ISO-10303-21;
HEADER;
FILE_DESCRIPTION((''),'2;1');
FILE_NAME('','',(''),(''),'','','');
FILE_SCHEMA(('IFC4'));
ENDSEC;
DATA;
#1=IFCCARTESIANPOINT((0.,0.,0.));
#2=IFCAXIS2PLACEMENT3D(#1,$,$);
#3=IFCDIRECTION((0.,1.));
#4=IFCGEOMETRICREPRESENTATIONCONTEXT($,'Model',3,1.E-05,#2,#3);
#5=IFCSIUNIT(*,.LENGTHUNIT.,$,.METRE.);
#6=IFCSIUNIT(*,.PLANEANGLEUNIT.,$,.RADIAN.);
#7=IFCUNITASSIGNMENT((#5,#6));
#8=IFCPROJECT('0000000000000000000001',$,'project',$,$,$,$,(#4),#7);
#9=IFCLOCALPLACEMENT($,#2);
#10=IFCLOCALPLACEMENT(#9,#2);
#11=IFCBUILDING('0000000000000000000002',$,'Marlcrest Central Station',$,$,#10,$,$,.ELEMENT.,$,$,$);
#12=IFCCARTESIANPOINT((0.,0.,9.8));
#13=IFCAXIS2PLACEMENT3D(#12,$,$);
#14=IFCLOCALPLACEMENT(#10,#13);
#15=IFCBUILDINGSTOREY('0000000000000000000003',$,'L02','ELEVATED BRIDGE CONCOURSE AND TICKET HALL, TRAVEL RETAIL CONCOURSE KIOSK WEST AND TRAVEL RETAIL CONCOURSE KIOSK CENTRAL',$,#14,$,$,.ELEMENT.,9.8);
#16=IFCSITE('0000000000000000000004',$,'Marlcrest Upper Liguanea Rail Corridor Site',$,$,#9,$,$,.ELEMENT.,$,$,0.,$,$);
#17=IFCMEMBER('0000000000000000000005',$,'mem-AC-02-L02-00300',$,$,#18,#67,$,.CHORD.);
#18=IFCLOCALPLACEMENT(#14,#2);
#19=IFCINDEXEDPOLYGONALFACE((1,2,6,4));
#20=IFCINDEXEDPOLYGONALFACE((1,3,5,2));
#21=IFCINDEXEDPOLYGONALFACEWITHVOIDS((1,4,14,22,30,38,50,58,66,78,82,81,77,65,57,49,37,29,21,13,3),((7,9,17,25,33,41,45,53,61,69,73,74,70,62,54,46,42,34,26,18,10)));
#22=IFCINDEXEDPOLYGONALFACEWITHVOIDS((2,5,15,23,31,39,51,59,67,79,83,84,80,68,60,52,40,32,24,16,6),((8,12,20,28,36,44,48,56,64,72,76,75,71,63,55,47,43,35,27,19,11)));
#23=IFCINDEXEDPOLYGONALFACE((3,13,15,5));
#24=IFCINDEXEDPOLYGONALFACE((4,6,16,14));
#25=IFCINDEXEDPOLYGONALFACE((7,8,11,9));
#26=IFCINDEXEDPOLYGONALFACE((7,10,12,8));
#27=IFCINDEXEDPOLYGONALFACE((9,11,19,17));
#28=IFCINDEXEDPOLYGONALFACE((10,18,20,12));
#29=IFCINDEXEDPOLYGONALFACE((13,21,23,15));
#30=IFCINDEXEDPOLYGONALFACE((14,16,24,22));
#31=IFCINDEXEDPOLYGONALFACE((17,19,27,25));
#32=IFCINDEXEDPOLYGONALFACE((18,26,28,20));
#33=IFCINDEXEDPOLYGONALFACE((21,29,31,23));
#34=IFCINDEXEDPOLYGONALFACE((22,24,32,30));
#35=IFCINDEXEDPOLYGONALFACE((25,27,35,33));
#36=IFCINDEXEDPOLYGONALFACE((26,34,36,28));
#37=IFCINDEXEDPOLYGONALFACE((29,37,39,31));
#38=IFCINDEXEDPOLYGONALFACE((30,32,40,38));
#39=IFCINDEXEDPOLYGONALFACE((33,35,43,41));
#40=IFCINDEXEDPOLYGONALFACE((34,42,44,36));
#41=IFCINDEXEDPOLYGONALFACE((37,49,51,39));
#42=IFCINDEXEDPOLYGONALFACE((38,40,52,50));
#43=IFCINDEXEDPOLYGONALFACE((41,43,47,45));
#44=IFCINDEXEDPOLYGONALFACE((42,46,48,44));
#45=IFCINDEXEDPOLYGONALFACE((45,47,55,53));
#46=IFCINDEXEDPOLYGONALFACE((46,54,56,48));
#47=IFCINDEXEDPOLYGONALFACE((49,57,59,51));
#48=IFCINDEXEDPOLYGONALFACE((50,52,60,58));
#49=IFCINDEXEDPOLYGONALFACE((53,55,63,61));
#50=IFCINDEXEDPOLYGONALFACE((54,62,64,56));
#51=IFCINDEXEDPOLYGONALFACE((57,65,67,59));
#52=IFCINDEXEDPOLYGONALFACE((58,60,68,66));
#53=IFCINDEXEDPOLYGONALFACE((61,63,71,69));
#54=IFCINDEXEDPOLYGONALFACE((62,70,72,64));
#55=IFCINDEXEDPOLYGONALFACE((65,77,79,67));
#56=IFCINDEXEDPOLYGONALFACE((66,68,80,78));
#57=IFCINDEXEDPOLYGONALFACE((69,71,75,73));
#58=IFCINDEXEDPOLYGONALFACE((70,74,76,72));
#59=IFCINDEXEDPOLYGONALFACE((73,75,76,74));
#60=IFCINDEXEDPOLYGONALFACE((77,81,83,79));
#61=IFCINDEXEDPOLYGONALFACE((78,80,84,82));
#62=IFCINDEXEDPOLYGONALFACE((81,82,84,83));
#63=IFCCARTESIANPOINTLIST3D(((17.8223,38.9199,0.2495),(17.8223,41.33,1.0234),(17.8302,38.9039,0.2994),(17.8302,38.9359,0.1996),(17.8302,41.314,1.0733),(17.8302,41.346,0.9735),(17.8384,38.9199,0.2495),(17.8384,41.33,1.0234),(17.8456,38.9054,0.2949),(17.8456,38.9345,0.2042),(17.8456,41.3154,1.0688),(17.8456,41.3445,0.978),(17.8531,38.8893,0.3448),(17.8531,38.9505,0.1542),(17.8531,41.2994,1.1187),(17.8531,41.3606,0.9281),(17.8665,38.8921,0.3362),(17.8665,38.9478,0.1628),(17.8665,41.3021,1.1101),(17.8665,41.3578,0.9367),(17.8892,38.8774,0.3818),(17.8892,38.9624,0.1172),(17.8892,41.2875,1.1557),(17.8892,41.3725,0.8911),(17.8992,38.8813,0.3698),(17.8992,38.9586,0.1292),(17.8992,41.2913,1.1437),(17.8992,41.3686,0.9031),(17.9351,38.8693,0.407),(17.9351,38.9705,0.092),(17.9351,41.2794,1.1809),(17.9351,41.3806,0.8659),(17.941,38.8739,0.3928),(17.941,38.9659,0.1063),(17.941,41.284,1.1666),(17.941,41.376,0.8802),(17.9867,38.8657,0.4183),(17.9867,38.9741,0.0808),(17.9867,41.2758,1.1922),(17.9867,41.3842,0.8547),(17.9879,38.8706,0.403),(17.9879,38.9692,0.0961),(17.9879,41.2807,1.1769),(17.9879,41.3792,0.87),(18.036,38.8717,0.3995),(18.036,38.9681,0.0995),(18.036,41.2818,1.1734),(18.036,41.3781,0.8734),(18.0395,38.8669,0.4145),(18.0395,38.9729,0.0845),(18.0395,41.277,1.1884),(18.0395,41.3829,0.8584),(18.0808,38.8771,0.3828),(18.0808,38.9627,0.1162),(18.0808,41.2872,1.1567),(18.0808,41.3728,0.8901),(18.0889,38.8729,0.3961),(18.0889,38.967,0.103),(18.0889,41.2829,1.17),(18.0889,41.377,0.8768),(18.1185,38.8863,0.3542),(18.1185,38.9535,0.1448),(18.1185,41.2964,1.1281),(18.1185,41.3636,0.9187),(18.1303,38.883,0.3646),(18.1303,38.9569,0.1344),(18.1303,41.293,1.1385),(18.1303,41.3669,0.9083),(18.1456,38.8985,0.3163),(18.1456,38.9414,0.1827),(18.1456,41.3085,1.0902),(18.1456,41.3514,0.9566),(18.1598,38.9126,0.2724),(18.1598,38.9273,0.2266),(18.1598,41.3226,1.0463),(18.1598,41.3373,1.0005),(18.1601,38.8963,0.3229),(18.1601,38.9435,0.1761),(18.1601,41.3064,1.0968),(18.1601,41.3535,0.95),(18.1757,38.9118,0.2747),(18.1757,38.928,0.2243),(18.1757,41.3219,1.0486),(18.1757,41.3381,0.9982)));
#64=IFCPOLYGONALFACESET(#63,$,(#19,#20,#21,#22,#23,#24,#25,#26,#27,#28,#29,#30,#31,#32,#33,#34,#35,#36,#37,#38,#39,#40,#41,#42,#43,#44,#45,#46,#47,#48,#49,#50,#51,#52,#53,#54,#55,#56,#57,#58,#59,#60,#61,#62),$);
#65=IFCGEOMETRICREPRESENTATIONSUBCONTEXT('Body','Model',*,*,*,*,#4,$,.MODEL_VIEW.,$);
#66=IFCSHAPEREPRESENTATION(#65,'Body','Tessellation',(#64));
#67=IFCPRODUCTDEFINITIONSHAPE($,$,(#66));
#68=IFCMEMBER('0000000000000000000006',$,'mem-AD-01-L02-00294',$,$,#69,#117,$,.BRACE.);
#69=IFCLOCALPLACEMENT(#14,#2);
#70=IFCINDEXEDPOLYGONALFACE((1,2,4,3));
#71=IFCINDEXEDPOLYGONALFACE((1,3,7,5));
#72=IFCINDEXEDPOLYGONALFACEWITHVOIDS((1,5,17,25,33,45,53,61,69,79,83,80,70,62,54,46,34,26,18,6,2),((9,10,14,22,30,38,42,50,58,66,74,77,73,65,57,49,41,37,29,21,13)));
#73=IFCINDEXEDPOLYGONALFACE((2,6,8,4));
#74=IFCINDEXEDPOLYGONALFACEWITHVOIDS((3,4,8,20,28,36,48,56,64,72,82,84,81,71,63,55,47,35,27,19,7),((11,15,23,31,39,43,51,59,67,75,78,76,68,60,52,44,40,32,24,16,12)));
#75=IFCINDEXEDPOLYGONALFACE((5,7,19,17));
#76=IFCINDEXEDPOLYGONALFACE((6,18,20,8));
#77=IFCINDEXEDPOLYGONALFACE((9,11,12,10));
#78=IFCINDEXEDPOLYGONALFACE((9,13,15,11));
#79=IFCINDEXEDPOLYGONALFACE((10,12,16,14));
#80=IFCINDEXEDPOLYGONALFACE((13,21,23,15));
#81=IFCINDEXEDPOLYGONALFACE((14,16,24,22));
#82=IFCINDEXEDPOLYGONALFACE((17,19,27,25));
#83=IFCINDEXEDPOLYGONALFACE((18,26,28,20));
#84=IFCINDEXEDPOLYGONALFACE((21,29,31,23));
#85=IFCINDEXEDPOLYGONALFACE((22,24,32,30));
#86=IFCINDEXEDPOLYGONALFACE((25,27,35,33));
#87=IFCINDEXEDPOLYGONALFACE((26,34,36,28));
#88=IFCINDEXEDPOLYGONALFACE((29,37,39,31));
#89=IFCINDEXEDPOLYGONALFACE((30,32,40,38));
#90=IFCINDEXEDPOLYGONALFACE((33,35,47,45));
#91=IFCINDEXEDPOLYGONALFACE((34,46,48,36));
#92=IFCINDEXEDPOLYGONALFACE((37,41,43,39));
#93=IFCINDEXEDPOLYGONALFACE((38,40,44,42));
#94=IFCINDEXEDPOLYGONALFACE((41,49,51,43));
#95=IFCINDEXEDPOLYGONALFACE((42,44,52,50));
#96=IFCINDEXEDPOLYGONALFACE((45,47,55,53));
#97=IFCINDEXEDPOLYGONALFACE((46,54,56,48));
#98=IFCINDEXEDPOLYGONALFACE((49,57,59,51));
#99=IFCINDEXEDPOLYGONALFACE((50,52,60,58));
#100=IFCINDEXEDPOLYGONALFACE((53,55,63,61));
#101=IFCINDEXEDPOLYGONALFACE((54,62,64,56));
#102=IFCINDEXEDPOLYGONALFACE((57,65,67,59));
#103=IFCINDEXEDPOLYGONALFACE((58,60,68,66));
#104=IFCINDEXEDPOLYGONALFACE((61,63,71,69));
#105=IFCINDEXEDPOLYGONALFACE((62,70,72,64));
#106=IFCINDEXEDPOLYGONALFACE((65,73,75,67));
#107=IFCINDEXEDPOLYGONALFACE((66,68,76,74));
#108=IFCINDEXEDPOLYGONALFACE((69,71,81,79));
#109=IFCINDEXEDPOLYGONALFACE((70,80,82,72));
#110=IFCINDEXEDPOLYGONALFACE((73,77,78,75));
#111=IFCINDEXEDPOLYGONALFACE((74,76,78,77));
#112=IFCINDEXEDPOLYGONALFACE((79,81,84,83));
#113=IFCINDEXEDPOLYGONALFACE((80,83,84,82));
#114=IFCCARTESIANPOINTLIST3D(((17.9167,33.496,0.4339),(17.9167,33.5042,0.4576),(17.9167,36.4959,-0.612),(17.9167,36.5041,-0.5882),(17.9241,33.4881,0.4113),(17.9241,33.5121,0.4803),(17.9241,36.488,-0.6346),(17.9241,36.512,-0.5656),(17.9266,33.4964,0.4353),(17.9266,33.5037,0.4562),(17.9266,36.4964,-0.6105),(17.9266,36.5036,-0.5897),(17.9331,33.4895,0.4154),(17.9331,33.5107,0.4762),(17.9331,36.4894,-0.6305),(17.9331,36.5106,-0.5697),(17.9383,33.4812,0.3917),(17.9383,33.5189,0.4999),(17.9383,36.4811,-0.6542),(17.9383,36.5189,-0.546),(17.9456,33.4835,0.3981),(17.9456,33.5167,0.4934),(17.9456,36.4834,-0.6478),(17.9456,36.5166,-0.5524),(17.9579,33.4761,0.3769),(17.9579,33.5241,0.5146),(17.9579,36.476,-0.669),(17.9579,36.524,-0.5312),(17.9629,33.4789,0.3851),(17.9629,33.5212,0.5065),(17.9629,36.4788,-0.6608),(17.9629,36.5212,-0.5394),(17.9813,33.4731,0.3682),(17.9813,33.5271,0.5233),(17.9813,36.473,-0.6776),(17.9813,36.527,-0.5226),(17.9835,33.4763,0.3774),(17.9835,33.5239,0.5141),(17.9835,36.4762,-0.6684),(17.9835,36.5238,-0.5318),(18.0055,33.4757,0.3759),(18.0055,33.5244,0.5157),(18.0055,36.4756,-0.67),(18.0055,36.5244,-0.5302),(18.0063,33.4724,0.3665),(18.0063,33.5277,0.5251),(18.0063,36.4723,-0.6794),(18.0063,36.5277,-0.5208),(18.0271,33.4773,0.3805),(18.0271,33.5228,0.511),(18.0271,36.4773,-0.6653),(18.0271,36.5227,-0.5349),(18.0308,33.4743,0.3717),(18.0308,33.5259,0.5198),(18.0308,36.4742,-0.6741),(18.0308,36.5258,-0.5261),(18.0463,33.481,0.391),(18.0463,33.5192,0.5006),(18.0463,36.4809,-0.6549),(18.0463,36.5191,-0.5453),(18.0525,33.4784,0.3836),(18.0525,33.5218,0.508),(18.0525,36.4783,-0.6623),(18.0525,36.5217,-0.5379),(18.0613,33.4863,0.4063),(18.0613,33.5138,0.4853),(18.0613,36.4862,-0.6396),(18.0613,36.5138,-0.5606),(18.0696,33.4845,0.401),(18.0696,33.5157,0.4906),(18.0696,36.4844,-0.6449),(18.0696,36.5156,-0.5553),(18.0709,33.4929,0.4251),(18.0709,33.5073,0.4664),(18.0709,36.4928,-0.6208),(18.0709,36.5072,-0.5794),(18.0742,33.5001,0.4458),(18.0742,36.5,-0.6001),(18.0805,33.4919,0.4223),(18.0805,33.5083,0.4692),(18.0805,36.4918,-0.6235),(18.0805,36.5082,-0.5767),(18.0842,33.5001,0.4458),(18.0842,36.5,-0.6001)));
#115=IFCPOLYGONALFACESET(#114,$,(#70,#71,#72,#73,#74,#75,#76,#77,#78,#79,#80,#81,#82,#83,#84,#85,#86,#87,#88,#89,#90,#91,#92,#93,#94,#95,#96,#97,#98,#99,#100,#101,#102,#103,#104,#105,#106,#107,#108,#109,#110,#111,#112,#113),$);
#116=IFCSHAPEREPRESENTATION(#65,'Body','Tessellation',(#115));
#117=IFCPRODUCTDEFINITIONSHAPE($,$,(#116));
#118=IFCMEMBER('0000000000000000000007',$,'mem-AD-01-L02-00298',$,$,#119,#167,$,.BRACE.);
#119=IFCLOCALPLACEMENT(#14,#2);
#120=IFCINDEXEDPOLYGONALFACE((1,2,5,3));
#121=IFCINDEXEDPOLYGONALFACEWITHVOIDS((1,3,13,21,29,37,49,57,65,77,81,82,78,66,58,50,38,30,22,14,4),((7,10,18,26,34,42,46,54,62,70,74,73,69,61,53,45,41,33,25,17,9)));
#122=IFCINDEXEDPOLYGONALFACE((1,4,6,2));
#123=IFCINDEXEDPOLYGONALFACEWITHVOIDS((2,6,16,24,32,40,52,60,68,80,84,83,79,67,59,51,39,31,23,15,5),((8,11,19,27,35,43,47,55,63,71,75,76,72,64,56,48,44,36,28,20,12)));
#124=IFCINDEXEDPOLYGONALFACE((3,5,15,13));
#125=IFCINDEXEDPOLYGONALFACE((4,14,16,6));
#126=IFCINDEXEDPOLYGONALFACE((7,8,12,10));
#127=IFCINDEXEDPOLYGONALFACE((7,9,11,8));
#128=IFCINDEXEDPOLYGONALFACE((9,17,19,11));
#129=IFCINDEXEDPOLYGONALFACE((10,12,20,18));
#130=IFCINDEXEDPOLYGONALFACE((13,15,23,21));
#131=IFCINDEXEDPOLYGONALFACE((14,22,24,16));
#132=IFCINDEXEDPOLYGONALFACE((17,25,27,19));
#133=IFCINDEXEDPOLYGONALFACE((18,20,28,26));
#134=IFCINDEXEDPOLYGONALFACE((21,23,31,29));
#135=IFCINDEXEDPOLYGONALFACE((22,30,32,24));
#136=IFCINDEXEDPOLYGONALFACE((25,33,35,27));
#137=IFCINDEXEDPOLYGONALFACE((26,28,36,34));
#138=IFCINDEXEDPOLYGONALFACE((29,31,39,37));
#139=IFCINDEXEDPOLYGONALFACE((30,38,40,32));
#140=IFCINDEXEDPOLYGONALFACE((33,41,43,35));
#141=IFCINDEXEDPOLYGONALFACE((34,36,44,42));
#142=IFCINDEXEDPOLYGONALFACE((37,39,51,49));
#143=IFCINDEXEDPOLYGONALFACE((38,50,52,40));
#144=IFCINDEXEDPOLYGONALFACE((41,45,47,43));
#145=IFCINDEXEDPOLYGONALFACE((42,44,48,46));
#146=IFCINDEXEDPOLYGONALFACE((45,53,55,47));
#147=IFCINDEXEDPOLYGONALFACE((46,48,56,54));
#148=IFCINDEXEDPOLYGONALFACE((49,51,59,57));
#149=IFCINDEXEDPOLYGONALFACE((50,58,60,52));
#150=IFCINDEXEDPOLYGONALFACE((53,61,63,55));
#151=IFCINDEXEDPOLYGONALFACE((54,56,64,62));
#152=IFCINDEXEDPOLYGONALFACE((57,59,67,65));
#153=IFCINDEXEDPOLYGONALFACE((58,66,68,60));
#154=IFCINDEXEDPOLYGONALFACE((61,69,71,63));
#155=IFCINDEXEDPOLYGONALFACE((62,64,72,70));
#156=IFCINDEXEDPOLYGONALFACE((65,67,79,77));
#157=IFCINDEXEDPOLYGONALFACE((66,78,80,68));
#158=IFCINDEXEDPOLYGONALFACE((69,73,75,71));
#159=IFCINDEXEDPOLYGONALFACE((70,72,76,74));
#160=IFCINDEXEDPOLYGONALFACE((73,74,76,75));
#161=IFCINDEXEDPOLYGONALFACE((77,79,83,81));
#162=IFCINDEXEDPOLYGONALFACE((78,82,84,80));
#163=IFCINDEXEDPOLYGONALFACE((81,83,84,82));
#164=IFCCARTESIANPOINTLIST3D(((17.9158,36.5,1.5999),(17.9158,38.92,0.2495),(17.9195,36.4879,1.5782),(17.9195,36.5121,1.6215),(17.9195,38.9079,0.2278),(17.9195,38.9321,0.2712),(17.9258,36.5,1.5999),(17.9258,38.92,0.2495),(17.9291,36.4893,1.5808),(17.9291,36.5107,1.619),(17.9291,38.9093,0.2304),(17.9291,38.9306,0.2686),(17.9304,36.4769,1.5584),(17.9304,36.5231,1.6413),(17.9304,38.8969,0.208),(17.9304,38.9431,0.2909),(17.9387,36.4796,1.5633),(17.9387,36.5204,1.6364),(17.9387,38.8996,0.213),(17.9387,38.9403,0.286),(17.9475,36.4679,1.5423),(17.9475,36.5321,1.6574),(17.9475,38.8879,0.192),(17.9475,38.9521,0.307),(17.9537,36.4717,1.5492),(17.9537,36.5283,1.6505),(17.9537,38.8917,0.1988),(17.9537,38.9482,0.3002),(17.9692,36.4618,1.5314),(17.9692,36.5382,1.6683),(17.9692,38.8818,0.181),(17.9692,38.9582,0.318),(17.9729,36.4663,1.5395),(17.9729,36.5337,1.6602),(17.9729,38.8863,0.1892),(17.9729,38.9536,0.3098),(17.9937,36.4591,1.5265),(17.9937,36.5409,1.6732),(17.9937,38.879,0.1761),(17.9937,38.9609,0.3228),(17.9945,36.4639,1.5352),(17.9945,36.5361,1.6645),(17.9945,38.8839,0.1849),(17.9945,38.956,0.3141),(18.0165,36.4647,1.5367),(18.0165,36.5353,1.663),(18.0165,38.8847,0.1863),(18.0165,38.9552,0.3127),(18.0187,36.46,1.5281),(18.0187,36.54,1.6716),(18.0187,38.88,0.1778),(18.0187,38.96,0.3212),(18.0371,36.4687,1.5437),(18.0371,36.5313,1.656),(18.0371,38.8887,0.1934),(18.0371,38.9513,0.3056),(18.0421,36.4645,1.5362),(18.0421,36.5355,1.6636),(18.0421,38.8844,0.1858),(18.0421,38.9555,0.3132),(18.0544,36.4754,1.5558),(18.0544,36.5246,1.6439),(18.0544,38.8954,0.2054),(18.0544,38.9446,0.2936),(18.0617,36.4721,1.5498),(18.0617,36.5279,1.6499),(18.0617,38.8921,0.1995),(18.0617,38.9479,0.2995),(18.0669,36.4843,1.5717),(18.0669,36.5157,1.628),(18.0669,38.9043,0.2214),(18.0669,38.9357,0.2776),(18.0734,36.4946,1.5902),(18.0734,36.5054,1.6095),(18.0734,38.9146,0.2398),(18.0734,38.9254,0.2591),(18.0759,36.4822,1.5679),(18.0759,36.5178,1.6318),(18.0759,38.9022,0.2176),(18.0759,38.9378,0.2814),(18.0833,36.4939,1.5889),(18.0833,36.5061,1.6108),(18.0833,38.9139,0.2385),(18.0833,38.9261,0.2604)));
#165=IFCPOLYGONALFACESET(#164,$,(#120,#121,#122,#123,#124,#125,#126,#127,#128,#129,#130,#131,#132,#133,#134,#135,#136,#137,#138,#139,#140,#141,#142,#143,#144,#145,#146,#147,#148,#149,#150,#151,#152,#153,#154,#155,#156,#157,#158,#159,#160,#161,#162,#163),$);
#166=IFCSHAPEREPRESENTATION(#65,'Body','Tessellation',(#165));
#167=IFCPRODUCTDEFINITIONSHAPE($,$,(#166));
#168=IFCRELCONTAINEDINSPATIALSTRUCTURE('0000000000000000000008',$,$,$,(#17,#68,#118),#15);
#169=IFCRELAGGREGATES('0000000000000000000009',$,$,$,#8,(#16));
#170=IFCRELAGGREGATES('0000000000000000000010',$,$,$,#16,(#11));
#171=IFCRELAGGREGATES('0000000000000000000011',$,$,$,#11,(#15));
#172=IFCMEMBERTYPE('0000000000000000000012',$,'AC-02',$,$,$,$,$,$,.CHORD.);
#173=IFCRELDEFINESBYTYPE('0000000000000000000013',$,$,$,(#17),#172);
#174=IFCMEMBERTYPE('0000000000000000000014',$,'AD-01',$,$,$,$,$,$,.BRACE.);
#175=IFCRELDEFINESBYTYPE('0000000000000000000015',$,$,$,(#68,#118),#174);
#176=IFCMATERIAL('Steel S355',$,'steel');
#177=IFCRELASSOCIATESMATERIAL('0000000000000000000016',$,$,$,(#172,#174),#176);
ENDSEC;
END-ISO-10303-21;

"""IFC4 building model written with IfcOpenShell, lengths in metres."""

from ifc_helpers import new_model, si_unit, direction, frame, origin, origin_2d, place, context, subcontext, project, spatial, hollow_circle, extrude, material, material_profile, profile_set, type_object, element, save


model = new_model("IFC4")

# Units and contexts
model_context = context("Model", 3, precision=1e-05, world=origin(), true_north=direction((0.0, 1.0)))
body_context = subcontext(model_context, "Body", "Model", "MODEL_VIEW")
ifc_project = project(units=[si_unit("LENGTHUNIT", "METRE"), si_unit("PLANEANGLEUNIT", "RADIAN")], contexts=[model_context])

# Site, building, storey
site_placement = place(None, origin())
site = spatial("IfcSite", under=ifc_project, at=site_placement, Name="Marlcrest Upper Liguanea Rail Corridor Site", CompositionType="ELEMENT", RefElevation=0.0)
building_placement = place(site_placement, origin())
building = spatial("IfcBuilding", under=site, at=building_placement, Name="Marlcrest Central Station", CompositionType="ELEMENT")
storey_placement = place(building_placement, frame((0.0, 0.0, 9.8)))
storey = spatial("IfcBuildingStorey", under=building, at=storey_placement, Name="L02", Description="ELEVATED BRIDGE CONCOURSE AND TICKET HALL, TRAVEL RETAIL CONCOURSE KIOSK WEST AND TRAVEL RETAIL CONCOURSE KIOSK CENTRAL", CompositionType="ELEMENT", Elevation=9.8)

# Members
ifc_material_1 = material(Name="Steel S355", Category="steel")
ifc_material_profile_1 = material_profile(ifc_material_1, hollow_circle(Radius=0.1777, WallThickness=0.0161, at=origin_2d()), Name="CHS 355.6x16")
ifc_profile_set_1 = profile_set([ifc_material_profile_1], Name="Steel S355")
member_type_1 = type_object("IfcMemberType", Name="AC-02", PredefinedType="CHORD", material=ifc_profile_set_1)
member_1_placement = place(storey_placement, frame((18.0, 38.9199, 0.2495), z_axis=(0.0, 0.952117, 0.305734), x_axis=(-1.0, 0.0, 0.0)))
element("IfcMember", 1, at=member_1_placement, inside=storey, type_object=member_type_1, Name="mem-AC-02-L02-00300", PredefinedType="CHORD", context=body_context, shape_type="SweptSolid", body=[
    extrude(hollow_circle(Radius=0.1777, WallThickness=0.0161, at=origin_2d()), origin(), (0.0, 0.0, 1.0), 2.5312),
])
ifc_material_profile_2 = material_profile(ifc_material_1, hollow_circle(Radius=0.0842, WallThickness=0.01, at=origin_2d()), Name="CHS 168.3x10")
ifc_profile_set_2 = profile_set([ifc_material_profile_2], Name="Steel S355")
member_type_2 = type_object("IfcMemberType", Name="AD-01", PredefinedType="BRACE", material=ifc_profile_set_2)
member_2_placement = place(storey_placement, frame((18.0, 36.5, -0.6001), z_axis=(0.0, -0.94426, 0.3292), x_axis=(1.0, 0.0, 0.0)))
element("IfcMember", 2, at=member_2_placement, inside=storey, type_object=member_type_2, Name="mem-AD-01-L02-00294", PredefinedType="BRACE", context=body_context, shape_type="SweptSolid", body=[
    extrude(hollow_circle(Radius=0.0842, WallThickness=0.01, at=origin_2d()), origin(), (0.0, 0.0, 1.0), 3.177),
])
member_3_placement = place(storey_placement, frame((18.0, 36.5, 1.5999), z_axis=(0.0, 0.873246, -0.48728), x_axis=(-1.0, 0.0, 0.0)))
element("IfcMember", 3, at=member_3_placement, inside=storey, type_object=member_type_2, Name="mem-AD-01-L02-00298", PredefinedType="BRACE", context=body_context, shape_type="SweptSolid", body=[
    extrude(hollow_circle(Radius=0.0842, WallThickness=0.01, at=origin_2d()), origin(), (0.0, 0.0, 1.0), 2.7712),
])

save(model, "model.ifc")
